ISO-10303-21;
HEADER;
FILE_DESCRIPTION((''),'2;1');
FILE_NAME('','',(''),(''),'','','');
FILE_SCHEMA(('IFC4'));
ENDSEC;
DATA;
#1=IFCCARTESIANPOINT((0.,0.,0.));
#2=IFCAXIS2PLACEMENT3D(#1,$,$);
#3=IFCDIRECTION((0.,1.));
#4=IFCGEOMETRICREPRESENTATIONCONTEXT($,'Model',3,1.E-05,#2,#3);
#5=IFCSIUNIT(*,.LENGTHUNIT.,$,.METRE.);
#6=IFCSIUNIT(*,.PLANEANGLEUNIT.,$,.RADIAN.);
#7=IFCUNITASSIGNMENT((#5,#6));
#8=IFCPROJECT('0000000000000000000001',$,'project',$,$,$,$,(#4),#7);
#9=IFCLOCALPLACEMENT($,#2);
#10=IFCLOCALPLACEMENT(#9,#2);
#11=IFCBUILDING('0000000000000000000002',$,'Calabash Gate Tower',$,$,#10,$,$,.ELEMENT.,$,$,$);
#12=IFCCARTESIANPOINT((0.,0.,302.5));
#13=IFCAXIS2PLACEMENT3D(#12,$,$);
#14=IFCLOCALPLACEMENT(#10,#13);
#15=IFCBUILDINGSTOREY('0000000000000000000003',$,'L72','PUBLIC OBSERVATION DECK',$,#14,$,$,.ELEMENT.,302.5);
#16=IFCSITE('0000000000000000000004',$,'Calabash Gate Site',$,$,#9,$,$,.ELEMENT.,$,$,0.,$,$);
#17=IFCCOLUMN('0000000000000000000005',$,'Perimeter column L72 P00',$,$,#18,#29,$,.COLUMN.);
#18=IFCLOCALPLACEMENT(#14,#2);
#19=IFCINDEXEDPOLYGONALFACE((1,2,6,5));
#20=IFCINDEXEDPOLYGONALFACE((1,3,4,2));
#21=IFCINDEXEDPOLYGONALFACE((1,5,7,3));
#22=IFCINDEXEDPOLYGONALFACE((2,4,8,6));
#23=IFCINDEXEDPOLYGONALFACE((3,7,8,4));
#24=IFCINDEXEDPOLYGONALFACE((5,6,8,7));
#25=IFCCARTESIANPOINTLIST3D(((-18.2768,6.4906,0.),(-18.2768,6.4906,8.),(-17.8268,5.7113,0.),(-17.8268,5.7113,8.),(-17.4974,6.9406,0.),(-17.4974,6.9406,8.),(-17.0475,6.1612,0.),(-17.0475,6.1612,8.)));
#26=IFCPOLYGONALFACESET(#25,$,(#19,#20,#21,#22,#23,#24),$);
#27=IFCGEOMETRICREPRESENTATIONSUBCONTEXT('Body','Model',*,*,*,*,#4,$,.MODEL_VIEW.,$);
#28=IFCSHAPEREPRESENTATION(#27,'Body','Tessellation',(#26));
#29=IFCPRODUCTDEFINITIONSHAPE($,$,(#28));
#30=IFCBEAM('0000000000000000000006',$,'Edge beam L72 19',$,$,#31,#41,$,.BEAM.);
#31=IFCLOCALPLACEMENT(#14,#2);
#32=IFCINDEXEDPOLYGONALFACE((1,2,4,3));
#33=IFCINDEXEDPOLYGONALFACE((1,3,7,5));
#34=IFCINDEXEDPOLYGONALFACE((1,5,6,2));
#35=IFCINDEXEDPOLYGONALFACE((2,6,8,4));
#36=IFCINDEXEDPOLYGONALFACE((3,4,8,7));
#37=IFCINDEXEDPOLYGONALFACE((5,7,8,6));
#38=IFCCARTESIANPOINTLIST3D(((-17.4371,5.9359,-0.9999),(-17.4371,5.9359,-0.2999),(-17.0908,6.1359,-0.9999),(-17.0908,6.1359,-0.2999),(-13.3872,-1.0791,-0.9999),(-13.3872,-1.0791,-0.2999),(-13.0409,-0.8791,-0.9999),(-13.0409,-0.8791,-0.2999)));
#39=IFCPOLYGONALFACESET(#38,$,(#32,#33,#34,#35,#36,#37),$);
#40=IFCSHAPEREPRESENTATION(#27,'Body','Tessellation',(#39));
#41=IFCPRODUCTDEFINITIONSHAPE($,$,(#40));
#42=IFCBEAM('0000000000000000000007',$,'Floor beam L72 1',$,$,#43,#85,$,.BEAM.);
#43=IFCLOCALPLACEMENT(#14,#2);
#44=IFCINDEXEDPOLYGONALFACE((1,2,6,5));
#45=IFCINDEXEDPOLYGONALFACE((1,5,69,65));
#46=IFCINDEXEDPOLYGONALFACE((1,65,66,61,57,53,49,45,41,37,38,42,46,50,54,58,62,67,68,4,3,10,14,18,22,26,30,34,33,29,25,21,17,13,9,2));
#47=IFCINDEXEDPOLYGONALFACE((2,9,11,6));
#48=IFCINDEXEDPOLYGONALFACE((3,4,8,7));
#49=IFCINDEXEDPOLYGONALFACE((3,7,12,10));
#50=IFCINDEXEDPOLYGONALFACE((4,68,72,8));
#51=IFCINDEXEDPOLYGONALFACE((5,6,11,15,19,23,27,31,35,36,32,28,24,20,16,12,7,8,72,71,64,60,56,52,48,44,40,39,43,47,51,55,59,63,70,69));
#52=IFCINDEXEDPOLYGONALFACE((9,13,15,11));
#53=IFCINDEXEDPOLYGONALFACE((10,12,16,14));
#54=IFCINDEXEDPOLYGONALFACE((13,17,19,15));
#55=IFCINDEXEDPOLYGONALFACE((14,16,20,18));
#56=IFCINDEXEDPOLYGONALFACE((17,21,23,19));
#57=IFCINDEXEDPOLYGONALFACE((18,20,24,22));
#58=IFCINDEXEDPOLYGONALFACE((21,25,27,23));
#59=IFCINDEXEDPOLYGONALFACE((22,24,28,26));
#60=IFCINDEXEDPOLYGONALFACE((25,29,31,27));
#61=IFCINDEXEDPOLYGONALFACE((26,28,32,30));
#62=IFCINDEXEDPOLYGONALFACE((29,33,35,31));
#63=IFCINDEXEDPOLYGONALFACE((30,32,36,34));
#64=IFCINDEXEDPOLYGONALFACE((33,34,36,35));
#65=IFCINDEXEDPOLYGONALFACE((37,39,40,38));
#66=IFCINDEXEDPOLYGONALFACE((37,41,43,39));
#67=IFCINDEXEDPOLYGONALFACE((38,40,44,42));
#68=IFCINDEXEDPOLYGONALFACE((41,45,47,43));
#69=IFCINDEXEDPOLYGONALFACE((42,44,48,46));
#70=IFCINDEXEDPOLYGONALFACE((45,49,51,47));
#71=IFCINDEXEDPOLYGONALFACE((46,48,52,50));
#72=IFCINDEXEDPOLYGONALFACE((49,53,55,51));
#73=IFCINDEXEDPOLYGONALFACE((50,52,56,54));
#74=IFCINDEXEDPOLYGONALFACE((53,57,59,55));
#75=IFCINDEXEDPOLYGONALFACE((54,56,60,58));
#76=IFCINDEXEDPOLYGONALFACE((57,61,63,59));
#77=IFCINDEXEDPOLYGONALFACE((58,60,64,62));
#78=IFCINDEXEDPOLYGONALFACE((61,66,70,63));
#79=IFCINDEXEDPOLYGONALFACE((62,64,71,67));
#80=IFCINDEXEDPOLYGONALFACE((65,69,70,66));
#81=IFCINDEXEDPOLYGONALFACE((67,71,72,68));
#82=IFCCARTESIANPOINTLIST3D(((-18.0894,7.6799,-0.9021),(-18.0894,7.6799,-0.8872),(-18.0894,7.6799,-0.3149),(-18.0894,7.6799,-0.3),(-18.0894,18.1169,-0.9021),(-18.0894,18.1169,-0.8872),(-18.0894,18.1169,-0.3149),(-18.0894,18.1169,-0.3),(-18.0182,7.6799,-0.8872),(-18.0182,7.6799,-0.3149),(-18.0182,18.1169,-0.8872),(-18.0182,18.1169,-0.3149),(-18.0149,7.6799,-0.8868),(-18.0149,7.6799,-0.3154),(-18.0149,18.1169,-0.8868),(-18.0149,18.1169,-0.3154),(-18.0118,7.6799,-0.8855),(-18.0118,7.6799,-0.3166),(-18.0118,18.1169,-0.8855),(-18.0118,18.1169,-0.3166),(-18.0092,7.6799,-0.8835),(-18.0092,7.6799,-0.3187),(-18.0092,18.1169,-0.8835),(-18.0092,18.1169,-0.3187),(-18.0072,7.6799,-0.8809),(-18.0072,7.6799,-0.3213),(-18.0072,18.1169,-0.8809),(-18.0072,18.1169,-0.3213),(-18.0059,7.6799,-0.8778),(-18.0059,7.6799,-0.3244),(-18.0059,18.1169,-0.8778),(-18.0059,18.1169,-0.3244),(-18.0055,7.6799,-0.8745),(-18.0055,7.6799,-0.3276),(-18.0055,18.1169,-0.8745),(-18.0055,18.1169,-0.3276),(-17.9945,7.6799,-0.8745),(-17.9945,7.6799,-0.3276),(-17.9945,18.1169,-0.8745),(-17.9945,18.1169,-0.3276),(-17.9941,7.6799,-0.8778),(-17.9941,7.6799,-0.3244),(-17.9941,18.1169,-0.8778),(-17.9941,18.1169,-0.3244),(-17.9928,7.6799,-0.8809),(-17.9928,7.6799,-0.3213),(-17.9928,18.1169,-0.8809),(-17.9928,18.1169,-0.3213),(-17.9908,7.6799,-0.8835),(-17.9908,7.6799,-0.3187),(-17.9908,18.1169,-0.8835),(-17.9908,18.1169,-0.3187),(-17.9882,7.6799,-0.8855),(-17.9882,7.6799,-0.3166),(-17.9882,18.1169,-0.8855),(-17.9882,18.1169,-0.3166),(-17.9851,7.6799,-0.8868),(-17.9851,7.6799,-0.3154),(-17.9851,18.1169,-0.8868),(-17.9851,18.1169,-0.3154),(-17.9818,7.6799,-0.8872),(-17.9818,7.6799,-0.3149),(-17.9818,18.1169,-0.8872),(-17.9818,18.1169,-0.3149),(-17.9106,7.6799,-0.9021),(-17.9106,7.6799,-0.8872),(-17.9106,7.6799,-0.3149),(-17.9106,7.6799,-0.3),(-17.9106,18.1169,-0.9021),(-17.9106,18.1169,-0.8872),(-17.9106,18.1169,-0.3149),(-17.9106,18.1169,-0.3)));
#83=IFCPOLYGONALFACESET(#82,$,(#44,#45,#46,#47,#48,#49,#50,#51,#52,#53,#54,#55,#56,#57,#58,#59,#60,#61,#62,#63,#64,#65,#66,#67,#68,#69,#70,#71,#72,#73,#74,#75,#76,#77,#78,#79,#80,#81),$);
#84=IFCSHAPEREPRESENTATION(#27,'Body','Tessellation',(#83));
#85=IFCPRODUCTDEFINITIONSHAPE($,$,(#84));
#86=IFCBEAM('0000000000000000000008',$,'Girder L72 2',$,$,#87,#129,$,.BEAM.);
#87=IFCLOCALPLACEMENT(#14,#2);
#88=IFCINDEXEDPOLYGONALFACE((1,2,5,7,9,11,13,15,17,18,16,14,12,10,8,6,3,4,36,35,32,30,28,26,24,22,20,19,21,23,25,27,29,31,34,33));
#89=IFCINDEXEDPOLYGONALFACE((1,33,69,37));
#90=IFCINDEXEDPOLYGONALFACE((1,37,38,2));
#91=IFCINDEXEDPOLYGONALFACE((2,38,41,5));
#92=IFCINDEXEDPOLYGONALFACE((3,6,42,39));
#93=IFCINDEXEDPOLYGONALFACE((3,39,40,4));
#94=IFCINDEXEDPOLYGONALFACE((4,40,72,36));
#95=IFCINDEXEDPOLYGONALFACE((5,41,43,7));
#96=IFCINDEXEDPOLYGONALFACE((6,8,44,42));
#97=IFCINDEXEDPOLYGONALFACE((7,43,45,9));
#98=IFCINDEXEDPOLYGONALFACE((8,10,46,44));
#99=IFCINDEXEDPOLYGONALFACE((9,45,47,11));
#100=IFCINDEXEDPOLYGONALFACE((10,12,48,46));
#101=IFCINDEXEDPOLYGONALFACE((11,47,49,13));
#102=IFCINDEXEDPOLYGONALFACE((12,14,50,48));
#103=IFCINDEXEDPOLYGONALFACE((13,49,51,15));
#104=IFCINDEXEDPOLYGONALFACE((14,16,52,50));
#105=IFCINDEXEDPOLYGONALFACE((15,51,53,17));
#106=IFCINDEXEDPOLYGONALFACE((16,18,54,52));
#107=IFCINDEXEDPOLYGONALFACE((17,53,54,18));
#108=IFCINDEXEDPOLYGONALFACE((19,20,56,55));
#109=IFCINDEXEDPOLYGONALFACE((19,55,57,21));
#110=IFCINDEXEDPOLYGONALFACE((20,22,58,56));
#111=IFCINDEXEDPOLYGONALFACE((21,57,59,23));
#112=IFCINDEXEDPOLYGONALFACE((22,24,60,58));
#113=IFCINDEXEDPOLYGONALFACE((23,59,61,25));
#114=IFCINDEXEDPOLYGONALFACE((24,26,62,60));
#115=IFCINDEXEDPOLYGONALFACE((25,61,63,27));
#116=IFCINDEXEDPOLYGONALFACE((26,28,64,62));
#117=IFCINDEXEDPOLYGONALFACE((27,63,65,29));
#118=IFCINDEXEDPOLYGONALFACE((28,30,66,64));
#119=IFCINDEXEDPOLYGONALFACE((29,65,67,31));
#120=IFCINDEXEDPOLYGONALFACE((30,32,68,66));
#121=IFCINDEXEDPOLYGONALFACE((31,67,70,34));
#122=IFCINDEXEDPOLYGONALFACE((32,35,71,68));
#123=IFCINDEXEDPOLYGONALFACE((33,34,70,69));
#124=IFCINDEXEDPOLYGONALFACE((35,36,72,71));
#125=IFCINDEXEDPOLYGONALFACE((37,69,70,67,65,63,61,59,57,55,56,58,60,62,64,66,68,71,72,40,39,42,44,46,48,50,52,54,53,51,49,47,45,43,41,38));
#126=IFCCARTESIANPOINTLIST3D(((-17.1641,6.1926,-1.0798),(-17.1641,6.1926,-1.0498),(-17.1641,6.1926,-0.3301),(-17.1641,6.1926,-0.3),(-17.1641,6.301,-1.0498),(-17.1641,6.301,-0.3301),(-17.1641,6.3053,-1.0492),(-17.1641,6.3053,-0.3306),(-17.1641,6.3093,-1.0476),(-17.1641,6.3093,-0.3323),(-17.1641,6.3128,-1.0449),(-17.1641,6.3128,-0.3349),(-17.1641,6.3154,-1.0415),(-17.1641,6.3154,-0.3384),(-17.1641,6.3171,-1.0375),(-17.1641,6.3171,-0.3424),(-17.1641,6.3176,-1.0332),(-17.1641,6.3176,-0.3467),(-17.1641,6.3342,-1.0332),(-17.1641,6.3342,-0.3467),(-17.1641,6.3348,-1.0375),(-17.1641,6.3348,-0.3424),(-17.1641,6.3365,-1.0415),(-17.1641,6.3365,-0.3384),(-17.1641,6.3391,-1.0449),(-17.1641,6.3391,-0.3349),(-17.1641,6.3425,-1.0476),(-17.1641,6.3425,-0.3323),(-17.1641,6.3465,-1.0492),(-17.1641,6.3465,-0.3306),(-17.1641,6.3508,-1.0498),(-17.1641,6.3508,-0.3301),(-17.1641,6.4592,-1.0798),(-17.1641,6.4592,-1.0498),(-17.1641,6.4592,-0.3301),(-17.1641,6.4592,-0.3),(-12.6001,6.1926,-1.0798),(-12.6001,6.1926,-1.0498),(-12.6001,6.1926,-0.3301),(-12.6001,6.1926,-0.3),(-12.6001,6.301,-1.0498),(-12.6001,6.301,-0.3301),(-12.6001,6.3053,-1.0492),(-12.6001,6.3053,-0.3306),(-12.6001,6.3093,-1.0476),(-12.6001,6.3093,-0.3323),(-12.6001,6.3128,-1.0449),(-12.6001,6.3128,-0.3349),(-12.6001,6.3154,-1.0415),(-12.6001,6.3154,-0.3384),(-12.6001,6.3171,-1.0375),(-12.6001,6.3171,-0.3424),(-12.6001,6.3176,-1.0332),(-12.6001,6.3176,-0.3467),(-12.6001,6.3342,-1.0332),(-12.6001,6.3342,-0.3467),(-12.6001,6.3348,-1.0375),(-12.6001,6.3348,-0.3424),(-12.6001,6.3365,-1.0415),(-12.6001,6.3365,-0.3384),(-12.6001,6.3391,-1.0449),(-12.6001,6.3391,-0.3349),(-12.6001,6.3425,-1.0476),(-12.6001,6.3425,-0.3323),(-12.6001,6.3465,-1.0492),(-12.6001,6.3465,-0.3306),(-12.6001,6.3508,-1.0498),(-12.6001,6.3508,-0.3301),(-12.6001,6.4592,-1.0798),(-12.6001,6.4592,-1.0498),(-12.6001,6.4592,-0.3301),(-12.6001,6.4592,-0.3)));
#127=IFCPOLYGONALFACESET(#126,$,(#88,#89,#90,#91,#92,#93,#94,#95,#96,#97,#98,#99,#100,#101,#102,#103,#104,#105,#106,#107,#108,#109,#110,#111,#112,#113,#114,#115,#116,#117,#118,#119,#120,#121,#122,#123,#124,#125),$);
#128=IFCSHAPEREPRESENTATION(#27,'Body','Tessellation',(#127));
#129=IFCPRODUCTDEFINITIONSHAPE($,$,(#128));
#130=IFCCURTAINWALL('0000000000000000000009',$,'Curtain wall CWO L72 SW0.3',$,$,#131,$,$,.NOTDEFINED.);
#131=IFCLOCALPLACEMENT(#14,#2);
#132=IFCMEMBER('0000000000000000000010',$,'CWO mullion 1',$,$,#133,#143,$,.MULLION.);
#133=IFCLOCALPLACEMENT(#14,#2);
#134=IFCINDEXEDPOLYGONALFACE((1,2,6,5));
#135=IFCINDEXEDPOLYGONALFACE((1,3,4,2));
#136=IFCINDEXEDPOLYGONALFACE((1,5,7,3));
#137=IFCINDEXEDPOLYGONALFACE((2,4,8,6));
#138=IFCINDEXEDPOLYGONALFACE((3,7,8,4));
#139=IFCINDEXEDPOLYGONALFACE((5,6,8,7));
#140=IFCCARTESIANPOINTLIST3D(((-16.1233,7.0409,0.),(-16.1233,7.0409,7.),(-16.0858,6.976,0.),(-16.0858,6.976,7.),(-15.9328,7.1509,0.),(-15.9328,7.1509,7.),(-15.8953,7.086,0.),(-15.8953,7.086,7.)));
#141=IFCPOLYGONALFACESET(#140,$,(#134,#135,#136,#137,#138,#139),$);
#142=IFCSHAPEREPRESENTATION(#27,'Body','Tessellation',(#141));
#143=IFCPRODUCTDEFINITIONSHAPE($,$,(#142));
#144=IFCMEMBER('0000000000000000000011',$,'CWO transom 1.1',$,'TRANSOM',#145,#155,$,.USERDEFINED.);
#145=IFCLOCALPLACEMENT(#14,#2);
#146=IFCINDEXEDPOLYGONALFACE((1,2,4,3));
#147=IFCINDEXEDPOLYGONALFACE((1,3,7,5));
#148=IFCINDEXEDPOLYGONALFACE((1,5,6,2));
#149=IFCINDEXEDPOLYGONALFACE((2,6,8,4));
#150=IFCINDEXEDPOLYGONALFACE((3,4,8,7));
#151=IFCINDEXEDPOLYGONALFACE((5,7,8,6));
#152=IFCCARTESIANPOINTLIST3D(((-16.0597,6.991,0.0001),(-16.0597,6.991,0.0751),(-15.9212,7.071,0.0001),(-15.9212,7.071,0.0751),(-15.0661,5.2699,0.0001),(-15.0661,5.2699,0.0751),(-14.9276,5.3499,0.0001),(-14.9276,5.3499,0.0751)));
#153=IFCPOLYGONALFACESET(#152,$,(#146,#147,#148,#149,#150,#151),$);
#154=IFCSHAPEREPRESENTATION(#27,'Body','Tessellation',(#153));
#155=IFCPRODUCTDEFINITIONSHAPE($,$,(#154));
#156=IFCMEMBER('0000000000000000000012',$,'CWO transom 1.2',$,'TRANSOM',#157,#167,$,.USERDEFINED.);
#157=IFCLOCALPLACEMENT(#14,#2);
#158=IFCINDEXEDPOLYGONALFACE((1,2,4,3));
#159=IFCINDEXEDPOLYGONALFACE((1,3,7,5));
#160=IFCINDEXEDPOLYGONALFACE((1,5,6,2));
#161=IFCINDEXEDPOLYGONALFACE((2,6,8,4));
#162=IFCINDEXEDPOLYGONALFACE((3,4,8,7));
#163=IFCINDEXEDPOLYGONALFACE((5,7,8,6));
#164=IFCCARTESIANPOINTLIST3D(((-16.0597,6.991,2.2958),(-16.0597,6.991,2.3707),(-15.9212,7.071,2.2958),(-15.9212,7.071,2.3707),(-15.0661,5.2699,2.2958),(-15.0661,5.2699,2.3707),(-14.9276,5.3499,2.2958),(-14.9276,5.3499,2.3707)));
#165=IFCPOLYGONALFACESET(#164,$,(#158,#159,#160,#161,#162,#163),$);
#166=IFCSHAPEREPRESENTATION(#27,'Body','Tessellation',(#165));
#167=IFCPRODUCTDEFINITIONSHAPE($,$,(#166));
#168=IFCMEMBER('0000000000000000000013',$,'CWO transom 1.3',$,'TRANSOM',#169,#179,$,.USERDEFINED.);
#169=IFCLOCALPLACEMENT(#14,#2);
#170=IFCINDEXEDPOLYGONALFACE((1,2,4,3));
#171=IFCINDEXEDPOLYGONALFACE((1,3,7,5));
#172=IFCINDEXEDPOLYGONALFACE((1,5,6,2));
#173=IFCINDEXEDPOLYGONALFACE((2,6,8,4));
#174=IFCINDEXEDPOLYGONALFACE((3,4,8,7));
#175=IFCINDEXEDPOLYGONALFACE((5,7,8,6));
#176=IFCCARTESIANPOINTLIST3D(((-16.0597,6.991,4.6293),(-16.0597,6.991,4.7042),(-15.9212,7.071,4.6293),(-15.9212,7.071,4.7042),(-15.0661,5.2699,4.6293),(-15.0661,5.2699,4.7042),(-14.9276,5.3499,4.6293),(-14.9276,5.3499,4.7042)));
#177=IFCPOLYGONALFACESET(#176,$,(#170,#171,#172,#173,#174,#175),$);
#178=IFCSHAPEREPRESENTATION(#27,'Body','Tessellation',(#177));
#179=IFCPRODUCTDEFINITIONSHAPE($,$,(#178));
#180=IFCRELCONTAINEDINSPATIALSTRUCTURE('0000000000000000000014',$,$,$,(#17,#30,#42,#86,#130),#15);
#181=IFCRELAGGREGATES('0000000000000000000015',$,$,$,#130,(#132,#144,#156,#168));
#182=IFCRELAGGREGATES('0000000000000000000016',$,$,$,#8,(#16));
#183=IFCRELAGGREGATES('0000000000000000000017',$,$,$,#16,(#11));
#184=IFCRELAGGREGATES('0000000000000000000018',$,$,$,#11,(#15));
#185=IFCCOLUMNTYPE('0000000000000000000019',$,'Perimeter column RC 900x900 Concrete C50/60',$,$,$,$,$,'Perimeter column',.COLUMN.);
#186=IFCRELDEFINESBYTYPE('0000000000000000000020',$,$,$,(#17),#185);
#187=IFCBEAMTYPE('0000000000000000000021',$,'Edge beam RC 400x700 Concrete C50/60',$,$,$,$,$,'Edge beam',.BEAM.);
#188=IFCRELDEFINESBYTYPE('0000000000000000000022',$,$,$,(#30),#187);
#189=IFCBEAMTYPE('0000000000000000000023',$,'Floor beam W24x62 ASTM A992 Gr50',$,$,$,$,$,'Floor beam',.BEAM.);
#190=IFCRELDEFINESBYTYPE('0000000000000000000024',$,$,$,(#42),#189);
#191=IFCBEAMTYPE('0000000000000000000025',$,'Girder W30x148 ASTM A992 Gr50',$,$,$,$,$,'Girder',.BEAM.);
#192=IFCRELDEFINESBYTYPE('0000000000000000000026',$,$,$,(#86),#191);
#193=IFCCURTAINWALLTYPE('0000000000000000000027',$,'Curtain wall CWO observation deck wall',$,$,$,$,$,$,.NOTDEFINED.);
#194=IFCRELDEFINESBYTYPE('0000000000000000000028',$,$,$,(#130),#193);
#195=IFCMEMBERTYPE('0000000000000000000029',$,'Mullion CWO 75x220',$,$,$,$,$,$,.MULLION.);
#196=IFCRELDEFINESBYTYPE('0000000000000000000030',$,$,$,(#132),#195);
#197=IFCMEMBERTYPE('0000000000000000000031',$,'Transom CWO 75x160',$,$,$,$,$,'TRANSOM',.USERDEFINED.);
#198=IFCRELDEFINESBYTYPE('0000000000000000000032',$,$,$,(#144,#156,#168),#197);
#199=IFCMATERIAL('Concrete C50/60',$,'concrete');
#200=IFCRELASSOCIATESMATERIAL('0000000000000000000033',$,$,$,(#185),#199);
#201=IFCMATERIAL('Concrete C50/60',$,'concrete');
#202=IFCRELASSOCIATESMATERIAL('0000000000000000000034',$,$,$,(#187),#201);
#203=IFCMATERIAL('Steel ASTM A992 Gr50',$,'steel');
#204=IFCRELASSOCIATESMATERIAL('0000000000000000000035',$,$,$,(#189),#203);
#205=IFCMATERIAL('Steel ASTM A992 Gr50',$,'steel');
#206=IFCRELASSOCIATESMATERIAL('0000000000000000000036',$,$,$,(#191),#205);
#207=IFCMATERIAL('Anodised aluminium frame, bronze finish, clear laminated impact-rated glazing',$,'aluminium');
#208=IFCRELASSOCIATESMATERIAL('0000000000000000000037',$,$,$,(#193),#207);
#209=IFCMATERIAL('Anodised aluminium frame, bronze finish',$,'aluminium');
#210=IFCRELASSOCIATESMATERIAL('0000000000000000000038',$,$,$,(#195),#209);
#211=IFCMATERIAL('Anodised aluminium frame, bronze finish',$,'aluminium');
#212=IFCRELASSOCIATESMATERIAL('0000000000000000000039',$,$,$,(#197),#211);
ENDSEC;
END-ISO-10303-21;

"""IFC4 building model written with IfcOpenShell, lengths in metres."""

from ifc_helpers import new_model, si_unit, direction, frame, origin, origin_2d, place, context, subcontext, project, spatial, rectangle, i_section, extrude, material, material_profile, profile_set, type_object, element, aggregate, save


model = new_model("IFC4")

# Units and contexts
model_context = context("Model", 3, precision=1e-05, world=origin(), true_north=direction((0.0, 1.0)))
body_context = subcontext(model_context, "Body", "Model", "MODEL_VIEW")
ifc_project = project(units=[si_unit("LENGTHUNIT", "METRE"), si_unit("PLANEANGLEUNIT", "RADIAN")], contexts=[model_context])

# Site, building, storey
site_placement = place(None, origin())
site = spatial("IfcSite", under=ifc_project, at=site_placement, Name="Calabash Gate Site", CompositionType="ELEMENT", RefElevation=0.0)
building_placement = place(site_placement, origin())
building = spatial("IfcBuilding", under=site, at=building_placement, Name="Calabash Gate Tower", CompositionType="ELEMENT")
storey_placement = place(building_placement, frame((0.0, 0.0, 302.5)))
storey = spatial("IfcBuildingStorey", under=building, at=storey_placement, Name="L72", Description="PUBLIC OBSERVATION DECK", CompositionType="ELEMENT", Elevation=302.5)

# Column
ifc_material_1 = material(Name="Concrete C50/60", Category="concrete")
ifc_material_profile_1 = material_profile(ifc_material_1, rectangle(XDim=0.8999, YDim=0.8999, at=origin_2d()))
ifc_profile_set_1 = profile_set([ifc_material_profile_1], Name="Concrete C50/60")
column_type = type_object("IfcColumnType", Name="Perimeter column RC 900x900 Concrete C50/60", ElementType="Perimeter column", PredefinedType="COLUMN", material=ifc_profile_set_1)
column_placement = place(storey_placement, frame((-17.6621, 6.3259, 0.0), z_axis=(0.0, 0.0, 1.0), x_axis=(0.5, -0.866025, 0.0)))
element("IfcColumn", 1, at=column_placement, inside=storey, type_object=column_type, Name="Perimeter column L72 P00", PredefinedType="COLUMN", context=body_context, shape_type="SweptSolid", body=[
    extrude(rectangle(XDim=0.8999, YDim=0.8999, at=origin_2d()), origin(), (0.0, 0.0, 1.0), 8.0),
])

# Beams
ifc_material_2 = material(Name="Concrete C50/60", Category="concrete")
ifc_material_profile_2 = material_profile(ifc_material_2, rectangle(XDim=0.3999, YDim=0.7, at=origin_2d()))
ifc_profile_set_2 = profile_set([ifc_material_profile_2], Name="Concrete C50/60")
beam_type_1 = type_object("IfcBeamType", Name="Edge beam RC 400x700 Concrete C50/60", ElementType="Edge beam", PredefinedType="BEAM", material=ifc_profile_set_2)
beam_1_placement = place(storey_placement, frame((-17.2639, 6.0359, -0.6499), z_axis=(0.499977, -0.866039, 0.0), x_axis=(0.866039, 0.499977, 0.0)))
element("IfcBeam", 2, at=beam_1_placement, inside=storey, type_object=beam_type_1, Name="Edge beam L72 19", PredefinedType="BEAM", context=body_context, shape_type="SweptSolid", body=[
    extrude(rectangle(XDim=0.3999, YDim=0.7, at=origin_2d()), origin(), (0.0, 0.0, 1.0), 8.1001),
])
ifc_material_3 = material(Name="Steel ASTM A992 Gr50", Category="steel")
ifc_material_profile_3 = material_profile(ifc_material_3, i_section(OverallWidth=0.1787, OverallDepth=0.6021, WebThickness=0.011, FlangeThickness=0.0149, FilletRadius=0.0127, at=origin_2d()))
ifc_profile_set_3 = profile_set([ifc_material_profile_3], Name="Steel ASTM A992 Gr50")
beam_type_2 = type_object("IfcBeamType", Name="Floor beam W24x62 ASTM A992 Gr50", ElementType="Floor beam", PredefinedType="BEAM", material=ifc_profile_set_3)
beam_2_placement = place(storey_placement, frame((-18.0, 7.6799, -0.6011), z_axis=(0.0, 1.0, 0.0), x_axis=(-1.0, 0.0, 0.0)))
element("IfcBeam", 3, at=beam_2_placement, inside=storey, type_object=beam_type_2, Name="Floor beam L72 1", PredefinedType="BEAM", context=body_context, shape_type="SweptSolid", body=[
    extrude(i_section(OverallWidth=0.1787, OverallDepth=0.6021, WebThickness=0.011, FlangeThickness=0.0149, FilletRadius=0.0127, at=origin_2d()), origin(), (0.0, 0.0, 1.0), 10.437),
])
ifc_material_4 = material(Name="Steel ASTM A992 Gr50", Category="steel")
ifc_material_profile_4 = material_profile(ifc_material_4, i_section(OverallWidth=0.2666, OverallDepth=0.7798, WebThickness=0.0166, FlangeThickness=0.03, FilletRadius=0.0166, at=origin_2d()))
ifc_profile_set_4 = profile_set([ifc_material_profile_4], Name="Steel ASTM A992 Gr50")
beam_type_3 = type_object("IfcBeamType", Name="Girder W30x148 ASTM A992 Gr50", ElementType="Girder", PredefinedType="BEAM", material=ifc_profile_set_4)
beam_3_placement = place(storey_placement, frame((-17.1641, 6.3259, -0.6899), z_axis=(1.0, 0.0, 0.0), x_axis=(0.0, 1.0, 0.0)))
element("IfcBeam", 4, at=beam_3_placement, inside=storey, type_object=beam_type_3, Name="Girder L72 2", PredefinedType="BEAM", context=body_context, shape_type="SweptSolid", body=[
    extrude(i_section(OverallWidth=0.2666, OverallDepth=0.7798, WebThickness=0.0166, FlangeThickness=0.03, FilletRadius=0.0166, at=origin_2d()), origin(), (0.0, 0.0, 1.0), 4.564),
])

# Curtain wall, members
ifc_material_5 = material(Name="Anodised aluminium frame, bronze finish, clear laminated impact-rated glazing", Category="aluminium")
curtain_wall_type = type_object("IfcCurtainWallType", Name="Curtain wall CWO observation deck wall", PredefinedType="NOTDEFINED", material=ifc_material_5)
curtain_wall_placement = place(storey_placement, origin())
curtain_wall = element("IfcCurtainWall", 5, at=curtain_wall_placement, inside=storey, type_object=curtain_wall_type, Name="Curtain wall CWO L72 SW0.3", PredefinedType="NOTDEFINED")
ifc_material_6 = material(Name="Anodised aluminium frame, bronze finish", Category="aluminium")
ifc_material_profile_5 = material_profile(ifc_material_6, rectangle(XDim=0.22, YDim=0.075, at=origin_2d()))
ifc_profile_set_5 = profile_set([ifc_material_profile_5], Name="Anodised aluminium frame, bronze finish")
member_type_1 = type_object("IfcMemberType", Name="Mullion CWO 75x220", PredefinedType="MULLION", material=ifc_profile_set_5)
member_1_placement = place(storey_placement, frame((-16.0093, 7.0635, 0.0), z_axis=(0.0, 0.0, 1.0), x_axis=(0.866025, 0.5, 0.0)))
member_1 = element("IfcMember", 6, at=member_1_placement, type_object=member_type_1, Name="CWO mullion 1", PredefinedType="MULLION", context=body_context, shape_type="SweptSolid", body=[
    extrude(rectangle(XDim=0.22, YDim=0.075, at=origin_2d()), origin(), (0.0, 0.0, 1.0), 7.0),
])
ifc_material_7 = material(Name="Anodised aluminium frame, bronze finish", Category="aluminium")
ifc_material_profile_6 = material_profile(ifc_material_7, rectangle(XDim=0.1599, YDim=0.075, at=origin_2d()))
ifc_profile_set_6 = profile_set([ifc_material_profile_6], Name="Anodised aluminium frame, bronze finish")
member_type_2 = type_object("IfcMemberType", Name="Transom CWO 75x160", ElementType="TRANSOM", PredefinedType="USERDEFINED", material=ifc_profile_set_6)
member_2_placement = place(storey_placement, frame((-15.9905, 7.031, 0.0376), z_axis=(0.499971, -0.866042, 0.0), x_axis=(0.866042, 0.499971, 0.0)))
member_2 = element("IfcMember", 7, at=member_2_placement, type_object=member_type_2, Name="CWO transom 1.1", ObjectType="TRANSOM", PredefinedType="USERDEFINED", context=body_context, shape_type="SweptSolid", body=[
    extrude(rectangle(XDim=0.1599, YDim=0.075, at=origin_2d()), origin(), (0.0, 0.0, 1.0), 1.9873),
])
member_3_placement = place(storey_placement, frame((-15.9905, 7.031, 2.3333), z_axis=(0.499971, -0.866042, 0.0), x_axis=(0.866042, 0.499971, 0.0)))
member_3 = element("IfcMember", 8, at=member_3_placement, type_object=member_type_2, Name="CWO transom 1.2", ObjectType="TRANSOM", PredefinedType="USERDEFINED", context=body_context, shape_type="SweptSolid", body=[
    extrude(rectangle(XDim=0.1599, YDim=0.075, at=origin_2d()), origin(), (0.0, 0.0, 1.0), 1.9873),
])
member_4_placement = place(storey_placement, frame((-15.9905, 7.031, 4.6667), z_axis=(0.499971, -0.866042, 0.0), x_axis=(0.866042, 0.499971, 0.0)))
member_4 = element("IfcMember", 9, at=member_4_placement, type_object=member_type_2, Name="CWO transom 1.3", ObjectType="TRANSOM", PredefinedType="USERDEFINED", context=body_context, shape_type="SweptSolid", body=[
    extrude(rectangle(XDim=0.1599, YDim=0.075, at=origin_2d()), origin(), (0.0, 0.0, 1.0), 1.9873),
])
aggregate(curtain_wall, [member_1, member_2, member_3, member_4])

save(model, "model.ifc")
